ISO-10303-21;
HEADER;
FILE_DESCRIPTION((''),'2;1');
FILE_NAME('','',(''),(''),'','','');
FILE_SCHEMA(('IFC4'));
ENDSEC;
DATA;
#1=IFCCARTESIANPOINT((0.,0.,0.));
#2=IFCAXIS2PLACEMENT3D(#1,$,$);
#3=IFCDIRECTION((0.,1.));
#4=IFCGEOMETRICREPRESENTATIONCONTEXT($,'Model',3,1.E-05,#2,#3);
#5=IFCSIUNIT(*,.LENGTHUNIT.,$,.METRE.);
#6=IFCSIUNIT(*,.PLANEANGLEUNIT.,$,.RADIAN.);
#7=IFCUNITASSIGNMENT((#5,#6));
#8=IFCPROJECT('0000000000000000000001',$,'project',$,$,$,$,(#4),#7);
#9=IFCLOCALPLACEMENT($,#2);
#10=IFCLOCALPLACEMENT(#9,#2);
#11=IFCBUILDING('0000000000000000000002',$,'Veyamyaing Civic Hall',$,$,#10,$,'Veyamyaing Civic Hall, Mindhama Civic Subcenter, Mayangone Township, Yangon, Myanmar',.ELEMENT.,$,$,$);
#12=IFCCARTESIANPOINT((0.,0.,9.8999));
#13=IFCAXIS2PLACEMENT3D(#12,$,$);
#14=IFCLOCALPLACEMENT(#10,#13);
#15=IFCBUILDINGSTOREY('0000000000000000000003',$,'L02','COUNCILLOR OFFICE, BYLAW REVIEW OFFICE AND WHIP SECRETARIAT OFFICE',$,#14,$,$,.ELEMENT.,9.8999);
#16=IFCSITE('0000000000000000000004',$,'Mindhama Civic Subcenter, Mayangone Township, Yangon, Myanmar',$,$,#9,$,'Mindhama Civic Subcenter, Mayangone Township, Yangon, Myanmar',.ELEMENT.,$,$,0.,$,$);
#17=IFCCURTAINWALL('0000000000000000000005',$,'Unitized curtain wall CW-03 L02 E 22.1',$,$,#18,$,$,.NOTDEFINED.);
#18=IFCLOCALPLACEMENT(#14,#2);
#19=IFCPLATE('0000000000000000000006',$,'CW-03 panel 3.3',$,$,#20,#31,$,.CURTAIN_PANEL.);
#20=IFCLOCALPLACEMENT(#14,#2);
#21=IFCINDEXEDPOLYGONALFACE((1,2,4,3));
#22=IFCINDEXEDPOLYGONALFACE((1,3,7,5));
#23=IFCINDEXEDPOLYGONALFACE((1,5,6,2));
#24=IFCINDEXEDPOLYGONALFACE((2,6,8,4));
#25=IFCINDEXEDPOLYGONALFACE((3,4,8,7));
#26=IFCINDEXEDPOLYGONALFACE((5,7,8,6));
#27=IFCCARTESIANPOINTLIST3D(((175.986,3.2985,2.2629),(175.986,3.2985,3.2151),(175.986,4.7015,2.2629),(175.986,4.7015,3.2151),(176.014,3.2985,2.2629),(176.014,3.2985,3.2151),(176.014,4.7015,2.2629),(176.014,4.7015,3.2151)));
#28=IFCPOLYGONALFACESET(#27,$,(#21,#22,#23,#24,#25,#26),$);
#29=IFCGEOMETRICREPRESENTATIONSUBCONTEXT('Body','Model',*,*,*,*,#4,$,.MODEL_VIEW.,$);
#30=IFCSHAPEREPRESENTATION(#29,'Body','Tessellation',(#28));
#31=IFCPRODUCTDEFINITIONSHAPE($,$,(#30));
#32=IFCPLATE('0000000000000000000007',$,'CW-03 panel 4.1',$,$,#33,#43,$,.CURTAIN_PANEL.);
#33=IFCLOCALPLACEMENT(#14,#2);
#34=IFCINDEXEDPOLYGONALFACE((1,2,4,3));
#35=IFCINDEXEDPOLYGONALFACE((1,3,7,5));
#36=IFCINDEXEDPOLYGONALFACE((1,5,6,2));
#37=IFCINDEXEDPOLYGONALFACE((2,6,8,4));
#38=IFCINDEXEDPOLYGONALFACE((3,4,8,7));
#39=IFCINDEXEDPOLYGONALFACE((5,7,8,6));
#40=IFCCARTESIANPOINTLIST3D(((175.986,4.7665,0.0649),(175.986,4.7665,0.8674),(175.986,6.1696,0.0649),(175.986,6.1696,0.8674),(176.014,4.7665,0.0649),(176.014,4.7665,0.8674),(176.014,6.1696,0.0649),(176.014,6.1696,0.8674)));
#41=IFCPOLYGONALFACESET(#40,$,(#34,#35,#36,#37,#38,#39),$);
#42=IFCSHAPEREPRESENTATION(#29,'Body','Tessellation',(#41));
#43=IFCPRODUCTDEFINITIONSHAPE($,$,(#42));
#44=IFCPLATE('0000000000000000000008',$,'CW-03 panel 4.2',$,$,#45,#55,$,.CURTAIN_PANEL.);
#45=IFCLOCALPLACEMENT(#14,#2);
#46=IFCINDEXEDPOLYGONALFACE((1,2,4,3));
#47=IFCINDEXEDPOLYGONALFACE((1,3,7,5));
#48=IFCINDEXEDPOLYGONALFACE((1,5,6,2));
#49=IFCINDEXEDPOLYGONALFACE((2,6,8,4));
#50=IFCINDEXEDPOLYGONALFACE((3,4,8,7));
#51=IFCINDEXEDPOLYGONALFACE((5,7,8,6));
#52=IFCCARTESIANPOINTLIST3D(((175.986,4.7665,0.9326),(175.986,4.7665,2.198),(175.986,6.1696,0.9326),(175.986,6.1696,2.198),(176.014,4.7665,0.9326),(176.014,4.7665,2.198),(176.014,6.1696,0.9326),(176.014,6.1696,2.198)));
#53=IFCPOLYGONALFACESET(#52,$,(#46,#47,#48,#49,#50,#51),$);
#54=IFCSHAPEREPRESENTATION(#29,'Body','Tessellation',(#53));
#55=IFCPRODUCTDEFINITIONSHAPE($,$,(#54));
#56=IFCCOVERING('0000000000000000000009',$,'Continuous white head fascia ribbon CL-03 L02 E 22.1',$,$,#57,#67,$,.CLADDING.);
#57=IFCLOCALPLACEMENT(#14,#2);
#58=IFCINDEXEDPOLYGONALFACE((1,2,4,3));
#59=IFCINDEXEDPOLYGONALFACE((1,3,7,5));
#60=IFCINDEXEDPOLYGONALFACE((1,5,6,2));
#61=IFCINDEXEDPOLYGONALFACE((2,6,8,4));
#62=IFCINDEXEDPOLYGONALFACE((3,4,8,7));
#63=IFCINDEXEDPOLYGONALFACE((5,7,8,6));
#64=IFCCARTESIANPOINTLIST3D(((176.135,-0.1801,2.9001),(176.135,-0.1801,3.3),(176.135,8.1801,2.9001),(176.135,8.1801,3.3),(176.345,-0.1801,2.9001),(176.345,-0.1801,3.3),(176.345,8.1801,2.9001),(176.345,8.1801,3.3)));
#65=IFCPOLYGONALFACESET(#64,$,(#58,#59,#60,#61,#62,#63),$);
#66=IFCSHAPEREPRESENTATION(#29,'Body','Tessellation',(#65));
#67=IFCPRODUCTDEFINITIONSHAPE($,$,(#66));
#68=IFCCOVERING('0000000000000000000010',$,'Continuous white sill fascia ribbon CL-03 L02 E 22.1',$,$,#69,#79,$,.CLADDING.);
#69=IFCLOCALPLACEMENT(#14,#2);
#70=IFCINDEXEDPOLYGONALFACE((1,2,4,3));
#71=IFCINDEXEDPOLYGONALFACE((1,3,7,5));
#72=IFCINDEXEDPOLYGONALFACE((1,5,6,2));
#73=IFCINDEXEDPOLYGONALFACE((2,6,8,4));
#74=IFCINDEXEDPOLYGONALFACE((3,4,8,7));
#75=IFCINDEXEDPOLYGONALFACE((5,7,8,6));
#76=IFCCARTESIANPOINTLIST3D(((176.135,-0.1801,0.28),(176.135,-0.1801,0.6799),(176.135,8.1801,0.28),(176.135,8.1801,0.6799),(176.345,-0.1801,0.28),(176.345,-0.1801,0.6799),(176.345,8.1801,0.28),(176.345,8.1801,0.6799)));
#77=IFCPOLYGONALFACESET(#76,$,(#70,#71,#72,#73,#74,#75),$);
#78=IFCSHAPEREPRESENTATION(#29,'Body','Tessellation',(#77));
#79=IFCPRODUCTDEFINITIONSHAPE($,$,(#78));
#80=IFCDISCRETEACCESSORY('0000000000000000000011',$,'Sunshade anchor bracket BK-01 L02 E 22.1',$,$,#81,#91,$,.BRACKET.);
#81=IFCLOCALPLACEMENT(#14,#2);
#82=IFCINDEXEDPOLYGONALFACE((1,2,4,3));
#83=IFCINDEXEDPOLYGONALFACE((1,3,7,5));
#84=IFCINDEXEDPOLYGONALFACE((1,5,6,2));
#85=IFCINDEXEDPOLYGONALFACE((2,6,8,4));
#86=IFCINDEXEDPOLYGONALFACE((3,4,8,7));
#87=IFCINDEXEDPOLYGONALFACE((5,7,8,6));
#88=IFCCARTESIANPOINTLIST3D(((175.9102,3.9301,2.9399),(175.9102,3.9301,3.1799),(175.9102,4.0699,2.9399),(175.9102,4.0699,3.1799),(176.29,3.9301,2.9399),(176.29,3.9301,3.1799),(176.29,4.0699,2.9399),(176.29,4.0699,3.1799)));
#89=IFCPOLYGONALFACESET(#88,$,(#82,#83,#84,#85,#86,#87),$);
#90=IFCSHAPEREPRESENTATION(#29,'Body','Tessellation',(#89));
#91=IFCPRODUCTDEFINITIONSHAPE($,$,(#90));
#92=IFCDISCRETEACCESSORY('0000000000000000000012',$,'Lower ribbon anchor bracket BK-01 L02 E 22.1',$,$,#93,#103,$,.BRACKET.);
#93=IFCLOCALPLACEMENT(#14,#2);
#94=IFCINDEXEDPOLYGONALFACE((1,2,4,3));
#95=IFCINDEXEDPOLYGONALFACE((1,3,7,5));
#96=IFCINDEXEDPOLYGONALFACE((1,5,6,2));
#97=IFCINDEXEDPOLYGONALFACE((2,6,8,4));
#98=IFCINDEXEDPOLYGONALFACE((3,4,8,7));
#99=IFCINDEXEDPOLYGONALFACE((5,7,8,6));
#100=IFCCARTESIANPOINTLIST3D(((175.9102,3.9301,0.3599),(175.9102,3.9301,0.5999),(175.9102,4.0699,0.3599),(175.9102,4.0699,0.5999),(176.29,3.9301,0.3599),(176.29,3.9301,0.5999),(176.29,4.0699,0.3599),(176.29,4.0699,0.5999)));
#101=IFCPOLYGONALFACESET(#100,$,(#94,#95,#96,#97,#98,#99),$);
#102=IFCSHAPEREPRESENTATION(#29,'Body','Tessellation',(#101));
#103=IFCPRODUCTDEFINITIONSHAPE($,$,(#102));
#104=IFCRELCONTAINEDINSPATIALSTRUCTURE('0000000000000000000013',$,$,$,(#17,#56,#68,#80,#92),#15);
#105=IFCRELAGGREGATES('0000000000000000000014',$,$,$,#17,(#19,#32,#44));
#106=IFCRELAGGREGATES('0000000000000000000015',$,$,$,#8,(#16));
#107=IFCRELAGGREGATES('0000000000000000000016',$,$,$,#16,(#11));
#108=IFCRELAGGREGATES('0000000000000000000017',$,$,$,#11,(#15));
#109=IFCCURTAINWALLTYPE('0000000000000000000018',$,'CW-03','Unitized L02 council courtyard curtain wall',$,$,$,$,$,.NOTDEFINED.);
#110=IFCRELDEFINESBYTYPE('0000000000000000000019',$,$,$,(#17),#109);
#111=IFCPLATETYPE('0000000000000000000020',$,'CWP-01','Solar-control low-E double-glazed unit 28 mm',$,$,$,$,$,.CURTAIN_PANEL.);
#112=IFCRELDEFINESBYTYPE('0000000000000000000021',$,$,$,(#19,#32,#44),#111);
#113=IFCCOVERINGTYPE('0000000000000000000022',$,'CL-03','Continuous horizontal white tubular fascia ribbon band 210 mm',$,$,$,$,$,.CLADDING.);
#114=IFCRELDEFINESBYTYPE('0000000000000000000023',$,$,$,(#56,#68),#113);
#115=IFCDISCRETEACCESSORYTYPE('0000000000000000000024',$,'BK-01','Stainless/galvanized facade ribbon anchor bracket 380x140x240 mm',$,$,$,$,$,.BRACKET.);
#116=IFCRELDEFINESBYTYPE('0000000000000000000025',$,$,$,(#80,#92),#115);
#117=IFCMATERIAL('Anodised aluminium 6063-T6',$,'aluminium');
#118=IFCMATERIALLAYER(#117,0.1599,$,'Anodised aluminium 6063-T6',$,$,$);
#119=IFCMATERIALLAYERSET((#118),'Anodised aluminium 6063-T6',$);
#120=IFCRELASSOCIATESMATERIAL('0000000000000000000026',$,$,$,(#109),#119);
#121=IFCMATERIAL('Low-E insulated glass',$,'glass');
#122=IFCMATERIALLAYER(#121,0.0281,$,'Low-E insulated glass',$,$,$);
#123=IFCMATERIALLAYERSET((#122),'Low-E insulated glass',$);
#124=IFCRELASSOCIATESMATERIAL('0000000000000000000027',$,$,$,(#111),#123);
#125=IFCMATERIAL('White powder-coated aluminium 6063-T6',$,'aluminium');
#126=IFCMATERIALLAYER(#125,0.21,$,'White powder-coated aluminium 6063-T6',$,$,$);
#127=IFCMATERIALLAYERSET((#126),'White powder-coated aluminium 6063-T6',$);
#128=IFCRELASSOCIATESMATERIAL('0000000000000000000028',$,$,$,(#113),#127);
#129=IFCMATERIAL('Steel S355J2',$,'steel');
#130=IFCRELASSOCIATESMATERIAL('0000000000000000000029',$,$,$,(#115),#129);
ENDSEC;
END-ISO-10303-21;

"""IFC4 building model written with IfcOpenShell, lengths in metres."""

from ifc_helpers import new_model, si_unit, direction, frame, origin, origin_2d, place, context, subcontext, project, spatial, rectangle, extrude, material, layer, layer_set, type_object, element, aggregate, save


model = new_model("IFC4")

# Units and contexts
model_context = context("Model", 3, precision=1e-05, world=origin(), true_north=direction((0.0, 1.0)))
body_context = subcontext(model_context, "Body", "Model", "MODEL_VIEW")
ifc_project = project(units=[si_unit("LENGTHUNIT", "METRE"), si_unit("PLANEANGLEUNIT", "RADIAN")], contexts=[model_context])

# Site, building, storey
site_placement = place(None, origin())
site = spatial("IfcSite", under=ifc_project, at=site_placement, Name="Mindhama Civic Subcenter, Mayangone Township, Yangon, Myanmar", LongName="Mindhama Civic Subcenter, Mayangone Township, Yangon, Myanmar", CompositionType="ELEMENT", RefElevation=0.0)
building_placement = place(site_placement, origin())
building = spatial("IfcBuilding", under=site, at=building_placement, Name="Veyamyaing Civic Hall", LongName="Veyamyaing Civic Hall, Mindhama Civic Subcenter, Mayangone Township, Yangon, Myanmar", CompositionType="ELEMENT")
storey_placement = place(building_placement, frame((0.0, 0.0, 9.8999)))
storey = spatial("IfcBuildingStorey", under=building, at=storey_placement, Name="L02", Description="COUNCILLOR OFFICE, BYLAW REVIEW OFFICE AND WHIP SECRETARIAT OFFICE", CompositionType="ELEMENT", Elevation=9.8999)

# Curtain wall, plates
ifc_material_1 = material(Name="Anodised aluminium 6063-T6", Category="aluminium")
ifc_layer_1 = layer(ifc_material_1, 0.1599, Name="Anodised aluminium 6063-T6")
ifc_layer_set_1 = layer_set([ifc_layer_1], Name="Anodised aluminium 6063-T6")
curtain_wall_type = type_object("IfcCurtainWallType", Name="CW-03", Description="Unitized L02 council courtyard curtain wall", PredefinedType="NOTDEFINED", material=ifc_layer_set_1)
curtain_wall_placement = place(storey_placement, origin())
curtain_wall = element("IfcCurtainWall", 1, at=curtain_wall_placement, inside=storey, type_object=curtain_wall_type, Name="Unitized curtain wall CW-03 L02 E 22.1", PredefinedType="NOTDEFINED")
ifc_material_2 = material(Name="Low-E insulated glass", Category="glass")
ifc_layer_2 = layer(ifc_material_2, 0.0281, Name="Low-E insulated glass")
ifc_layer_set_2 = layer_set([ifc_layer_2], Name="Low-E insulated glass")
plate_type = type_object("IfcPlateType", Name="CWP-01", Description="Solar-control low-E double-glazed unit 28 mm", PredefinedType="CURTAIN_PANEL", material=ifc_layer_set_2)
plate_1_placement = place(storey_placement, frame((176.0, 4.0, 2.2629), z_axis=(0.0, 0.0, 1.0), x_axis=(0.0, 1.0, 0.0)))
plate_1 = element("IfcPlate", 2, at=plate_1_placement, type_object=plate_type, Name="CW-03 panel 3.3", PredefinedType="CURTAIN_PANEL", context=body_context, shape_type="SweptSolid", body=[
    extrude(rectangle(XDim=1.4031, YDim=0.0281, at=origin_2d()), origin(), (0.0, 0.0, 1.0), 0.9521),
])
plate_2_placement = place(storey_placement, frame((176.0, 5.468, 0.0649), z_axis=(0.0, 0.0, 1.0), x_axis=(0.0, 1.0, 0.0)))
plate_2 = element("IfcPlate", 3, at=plate_2_placement, type_object=plate_type, Name="CW-03 panel 4.1", PredefinedType="CURTAIN_PANEL", context=body_context, shape_type="SweptSolid", body=[
    extrude(rectangle(XDim=1.4031, YDim=0.0281, at=origin_2d()), origin(), (0.0, 0.0, 1.0), 0.8025),
])
plate_3_placement = place(storey_placement, frame((176.0, 5.468, 0.9326), z_axis=(0.0, 0.0, 1.0), x_axis=(0.0, 1.0, 0.0)))
plate_3 = element("IfcPlate", 4, at=plate_3_placement, type_object=plate_type, Name="CW-03 panel 4.2", PredefinedType="CURTAIN_PANEL", context=body_context, shape_type="SweptSolid", body=[
    extrude(rectangle(XDim=1.4031, YDim=0.0281, at=origin_2d()), origin(), (0.0, 0.0, 1.0), 1.2654),
])
aggregate(curtain_wall, [plate_1, plate_2, plate_3])

# Coverings
ifc_material_3 = material(Name="White powder-coated aluminium 6063-T6", Category="aluminium")
ifc_layer_3 = layer(ifc_material_3, 0.21, Name="White powder-coated aluminium 6063-T6")
ifc_layer_set_3 = layer_set([ifc_layer_3], Name="White powder-coated aluminium 6063-T6")
covering_type = type_object("IfcCoveringType", Name="CL-03", Description="Continuous horizontal white tubular fascia ribbon band 210 mm", PredefinedType="CLADDING", material=ifc_layer_set_3)
for number, where, z_axis, x_axis, name in (
    (5, (176.24, 4.0, 2.9001), (0.0, 0.0, 1.0), (0.0, 1.0, 0.0), "Continuous white head fascia ribbon CL-03 L02 E 22.1"),
    (6, (176.24, 4.0, 0.28), (0.0, 0.0, 1.0), (0.0, 1.0, 0.0), "Continuous white sill fascia ribbon CL-03 L02 E 22.1"),
):
    element("IfcCovering", number, at=place(storey_placement, frame(where, z_axis=z_axis, x_axis=x_axis)), inside=storey, type_object=covering_type, Name=name, PredefinedType="CLADDING", context=body_context, shape_type="SweptSolid", body=[
        extrude(rectangle(XDim=8.3601, YDim=0.21, at=origin_2d()), origin(), (0.0, 0.0, 1.0), 0.3999),
    ])

# Discrete accessories
ifc_material_4 = material(Name="Steel S355J2", Category="steel")
discrete_accessory_type = type_object("IfcDiscreteAccessoryType", Name="BK-01", Description="Stainless/galvanized facade ribbon anchor bracket 380x140x240 mm", PredefinedType="BRACKET", material=ifc_material_4)
for number, where, z_axis, x_axis, name in (
    (7, (176.1001, 4.0, 2.9399), (0.0, 0.0, 1.0), (1.0, 0.0, 0.0), "Sunshade anchor bracket BK-01 L02 E 22.1"),
    (8, (176.1001, 4.0, 0.3599), (0.0, 0.0, 1.0), (1.0, 0.0, 0.0), "Lower ribbon anchor bracket BK-01 L02 E 22.1"),
):
    element("IfcDiscreteAccessory", number, at=place(storey_placement, frame(where, z_axis=z_axis, x_axis=x_axis)), inside=storey, type_object=discrete_accessory_type, Name=name, PredefinedType="BRACKET", context=body_context, shape_type="SweptSolid", body=[
        extrude(rectangle(XDim=0.3799, YDim=0.1399, at=origin_2d()), origin(), (0.0, 0.0, 1.0), 0.24),
    ])

save(model, "model.ifc")
